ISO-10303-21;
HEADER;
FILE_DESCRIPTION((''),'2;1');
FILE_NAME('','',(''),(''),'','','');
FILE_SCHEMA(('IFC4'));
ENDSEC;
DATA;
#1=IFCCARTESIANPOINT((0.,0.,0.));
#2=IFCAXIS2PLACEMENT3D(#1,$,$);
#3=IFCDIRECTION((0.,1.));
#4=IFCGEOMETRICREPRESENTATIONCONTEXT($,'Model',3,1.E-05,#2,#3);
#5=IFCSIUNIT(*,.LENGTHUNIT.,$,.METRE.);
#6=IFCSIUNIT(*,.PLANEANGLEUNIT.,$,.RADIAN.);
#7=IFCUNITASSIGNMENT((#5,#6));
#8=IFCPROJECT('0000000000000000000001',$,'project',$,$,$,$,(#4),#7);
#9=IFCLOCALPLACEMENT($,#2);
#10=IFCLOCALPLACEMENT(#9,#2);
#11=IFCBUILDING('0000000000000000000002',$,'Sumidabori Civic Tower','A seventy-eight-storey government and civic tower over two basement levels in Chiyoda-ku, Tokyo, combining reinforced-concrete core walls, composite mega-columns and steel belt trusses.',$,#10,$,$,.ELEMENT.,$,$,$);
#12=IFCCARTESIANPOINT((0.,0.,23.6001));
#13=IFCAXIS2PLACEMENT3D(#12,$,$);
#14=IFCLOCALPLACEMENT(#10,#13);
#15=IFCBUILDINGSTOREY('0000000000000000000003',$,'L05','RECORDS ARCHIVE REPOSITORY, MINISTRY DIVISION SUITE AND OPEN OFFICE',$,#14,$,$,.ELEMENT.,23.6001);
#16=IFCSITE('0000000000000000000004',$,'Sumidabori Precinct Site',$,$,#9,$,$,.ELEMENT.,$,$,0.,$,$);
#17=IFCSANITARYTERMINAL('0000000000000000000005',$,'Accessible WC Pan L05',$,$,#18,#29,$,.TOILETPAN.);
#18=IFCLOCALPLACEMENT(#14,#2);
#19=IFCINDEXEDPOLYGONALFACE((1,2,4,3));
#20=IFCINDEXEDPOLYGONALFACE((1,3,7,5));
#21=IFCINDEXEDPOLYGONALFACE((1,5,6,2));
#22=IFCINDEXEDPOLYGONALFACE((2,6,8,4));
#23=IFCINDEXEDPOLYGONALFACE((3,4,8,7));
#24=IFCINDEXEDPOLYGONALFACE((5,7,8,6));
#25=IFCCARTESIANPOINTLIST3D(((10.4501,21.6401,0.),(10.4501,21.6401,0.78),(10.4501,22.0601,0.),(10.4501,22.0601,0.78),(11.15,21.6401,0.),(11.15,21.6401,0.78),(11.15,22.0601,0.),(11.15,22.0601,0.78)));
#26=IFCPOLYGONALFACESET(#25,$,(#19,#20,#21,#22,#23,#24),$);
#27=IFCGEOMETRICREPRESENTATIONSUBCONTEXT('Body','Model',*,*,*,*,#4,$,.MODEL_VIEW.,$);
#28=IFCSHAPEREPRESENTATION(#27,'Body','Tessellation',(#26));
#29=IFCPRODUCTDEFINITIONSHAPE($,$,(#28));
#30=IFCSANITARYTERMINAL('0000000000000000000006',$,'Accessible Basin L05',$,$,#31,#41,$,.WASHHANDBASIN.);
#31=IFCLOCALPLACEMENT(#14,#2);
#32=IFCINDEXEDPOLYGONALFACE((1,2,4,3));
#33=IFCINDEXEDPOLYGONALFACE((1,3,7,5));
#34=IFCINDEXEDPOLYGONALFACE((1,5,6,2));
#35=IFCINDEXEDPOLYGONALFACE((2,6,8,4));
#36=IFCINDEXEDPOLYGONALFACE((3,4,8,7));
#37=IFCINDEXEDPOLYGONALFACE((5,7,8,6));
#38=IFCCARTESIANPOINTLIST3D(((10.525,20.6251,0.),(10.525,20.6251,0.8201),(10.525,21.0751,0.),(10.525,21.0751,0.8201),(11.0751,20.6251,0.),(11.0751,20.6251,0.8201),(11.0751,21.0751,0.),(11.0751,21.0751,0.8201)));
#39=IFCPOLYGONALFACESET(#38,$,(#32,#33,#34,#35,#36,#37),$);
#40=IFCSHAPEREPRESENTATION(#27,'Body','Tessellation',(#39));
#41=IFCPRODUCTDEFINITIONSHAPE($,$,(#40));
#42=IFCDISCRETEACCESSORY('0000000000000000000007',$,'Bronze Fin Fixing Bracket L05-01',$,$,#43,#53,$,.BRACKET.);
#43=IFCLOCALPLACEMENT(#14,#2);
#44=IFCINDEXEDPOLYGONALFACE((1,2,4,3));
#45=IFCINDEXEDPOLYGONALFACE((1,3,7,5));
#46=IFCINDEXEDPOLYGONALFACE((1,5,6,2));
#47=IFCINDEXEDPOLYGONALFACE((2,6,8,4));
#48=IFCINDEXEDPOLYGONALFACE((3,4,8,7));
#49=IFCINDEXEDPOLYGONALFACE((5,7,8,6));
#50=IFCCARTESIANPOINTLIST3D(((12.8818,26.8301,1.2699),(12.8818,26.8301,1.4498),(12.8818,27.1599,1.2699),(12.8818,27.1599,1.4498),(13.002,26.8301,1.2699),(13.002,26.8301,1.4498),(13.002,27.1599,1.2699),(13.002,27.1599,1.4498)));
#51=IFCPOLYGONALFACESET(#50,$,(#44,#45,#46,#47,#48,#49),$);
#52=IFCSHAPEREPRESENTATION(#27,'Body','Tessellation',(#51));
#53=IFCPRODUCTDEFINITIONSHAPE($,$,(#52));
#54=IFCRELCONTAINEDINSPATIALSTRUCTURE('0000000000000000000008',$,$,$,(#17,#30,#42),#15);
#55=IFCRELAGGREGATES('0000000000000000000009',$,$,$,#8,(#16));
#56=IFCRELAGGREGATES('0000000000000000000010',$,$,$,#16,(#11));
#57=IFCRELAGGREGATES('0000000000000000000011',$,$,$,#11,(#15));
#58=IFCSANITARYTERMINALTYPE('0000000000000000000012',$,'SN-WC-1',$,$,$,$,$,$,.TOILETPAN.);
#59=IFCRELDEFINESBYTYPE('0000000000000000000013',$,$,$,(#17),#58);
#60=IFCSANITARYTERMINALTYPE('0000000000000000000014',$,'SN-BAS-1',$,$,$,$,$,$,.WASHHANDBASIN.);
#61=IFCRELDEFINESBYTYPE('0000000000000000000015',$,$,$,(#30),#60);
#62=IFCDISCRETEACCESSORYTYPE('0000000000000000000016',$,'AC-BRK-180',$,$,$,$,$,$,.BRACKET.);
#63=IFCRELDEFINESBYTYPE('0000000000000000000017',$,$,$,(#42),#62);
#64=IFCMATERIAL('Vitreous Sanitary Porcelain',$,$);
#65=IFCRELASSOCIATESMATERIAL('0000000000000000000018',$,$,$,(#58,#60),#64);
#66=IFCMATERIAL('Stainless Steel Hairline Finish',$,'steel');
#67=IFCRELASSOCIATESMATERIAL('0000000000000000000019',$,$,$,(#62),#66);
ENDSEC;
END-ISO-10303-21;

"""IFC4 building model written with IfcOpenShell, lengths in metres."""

from ifc_helpers import new_model, si_unit, direction, frame, origin, origin_2d, place, context, subcontext, project, spatial, rectangle, extrude, source, transform, mapped, material, material_profile, profile_set, type_object, element, save


model = new_model("IFC4")

# Units and contexts
model_context = context("Model", 3, precision=1e-05, world=origin(), true_north=direction((0.0, 1.0)))
body_context = subcontext(model_context, "Body", "Model", "MODEL_VIEW")
ifc_project = project(units=[si_unit("LENGTHUNIT", "METRE"), si_unit("PLANEANGLEUNIT", "RADIAN")], contexts=[model_context])

# Site, building, storey
site_placement = place(None, origin())
site = spatial("IfcSite", under=ifc_project, at=site_placement, Name="Sumidabori Precinct Site", CompositionType="ELEMENT", RefElevation=0.0)
building_placement = place(site_placement, origin())
building = spatial("IfcBuilding", under=site, at=building_placement, Name="Sumidabori Civic Tower", Description="A seventy-eight-storey government and civic tower over two basement levels in Chiyoda-ku, Tokyo, combining reinforced-concrete core walls, composite mega-columns and steel belt trusses.", CompositionType="ELEMENT")
storey_placement = place(building_placement, frame((0.0, 0.0, 23.6001)))
storey = spatial("IfcBuildingStorey", under=building, at=storey_placement, Name="L05", Description="RECORDS ARCHIVE REPOSITORY, MINISTRY DIVISION SUITE AND OPEN OFFICE", CompositionType="ELEMENT", Elevation=23.6001)

# Sanitary terminals
ifc_material_1 = material(Name="Vitreous Sanitary Porcelain")
sanitary_terminal_type_1 = type_object("IfcSanitaryTerminalType", Name="SN-WC-1", PredefinedType="TOILETPAN", material=ifc_material_1)
shared_shape_1 = source(origin(), body_context, "Body", "SweptSolid", [
    extrude(rectangle(XDim=0.7, YDim=0.4199, at=origin_2d()), origin(), (0.0, 0.0, 1.0), 0.78),
])
sanitary_terminal_1_placement = place(storey_placement, frame((10.8, 21.8501, 0.0), z_axis=(0.0, 0.0, 1.0), x_axis=(1.0, 0.0, 0.0)))
element("IfcSanitaryTerminal", 1, at=sanitary_terminal_1_placement, inside=storey, type_object=sanitary_terminal_type_1, Name="Accessible WC Pan L05", PredefinedType="TOILETPAN", context=body_context, shape_type="MappedRepresentation", body=[
    mapped(shared_shape_1, transform((0.0, 0.0, 0.0), x_axis=(1.0, 0.0, 0.0), y_axis=(0.0, 1.0, 0.0), z_axis=(0.0, 0.0, 1.0), scale=1.0)),
])
sanitary_terminal_type_2 = type_object("IfcSanitaryTerminalType", Name="SN-BAS-1", PredefinedType="WASHHANDBASIN", material=ifc_material_1)
shared_shape_2 = source(origin(), body_context, "Body", "SweptSolid", [
    extrude(rectangle(XDim=0.55, YDim=0.45, at=origin_2d()), origin(), (0.0, 0.0, 1.0), 0.8201),
])
sanitary_terminal_2_placement = place(storey_placement, frame((10.8, 20.8501, 0.0), z_axis=(0.0, 0.0, 1.0), x_axis=(1.0, 0.0, 0.0)))
element("IfcSanitaryTerminal", 2, at=sanitary_terminal_2_placement, inside=storey, type_object=sanitary_terminal_type_2, Name="Accessible Basin L05", PredefinedType="WASHHANDBASIN", context=body_context, shape_type="MappedRepresentation", body=[
    mapped(shared_shape_2, transform((0.0, 0.0, 0.0), x_axis=(1.0, 0.0, 0.0), y_axis=(0.0, 1.0, 0.0), z_axis=(0.0, 0.0, 1.0), scale=1.0)),
])

# Discrete accessory
ifc_material_2 = material(Name="Stainless Steel Hairline Finish", Category="steel")
ifc_material_profile_1 = material_profile(ifc_material_2, rectangle(XDim=0.1201, YDim=0.1799, at=origin_2d()), Name="STEEL BRACKET 180x120")
ifc_profile_set_1 = profile_set([ifc_material_profile_1], Name="Stainless Steel Hairline Finish")
discrete_accessory_type = type_object("IfcDiscreteAccessoryType", Name="AC-BRK-180", PredefinedType="BRACKET", material=ifc_profile_set_1)
shared_shape_3 = source(origin(), body_context, "Body", "SweptSolid", [
    extrude(rectangle(XDim=0.1201, YDim=0.1799, at=origin_2d()), origin(), (0.0, 0.0, 1.0), 0.3298),
])
discrete_accessory_placement = place(storey_placement, frame((12.9419, 26.8301, 1.3599), z_axis=(0.0, 1.0, 0.0), x_axis=(-1.0, 0.0, 0.0)))
element("IfcDiscreteAccessory", 3, at=discrete_accessory_placement, inside=storey, type_object=discrete_accessory_type, Name="Bronze Fin Fixing Bracket L05-01", PredefinedType="BRACKET", context=body_context, shape_type="MappedRepresentation", body=[
    mapped(shared_shape_3, transform((0.0, 0.0, 0.0), x_axis=(1.0, 0.0, 0.0), y_axis=(0.0, 1.0, 0.0), z_axis=(0.0, 0.0, 1.0), scale=1.0)),
])

save(model, "model.ifc")
